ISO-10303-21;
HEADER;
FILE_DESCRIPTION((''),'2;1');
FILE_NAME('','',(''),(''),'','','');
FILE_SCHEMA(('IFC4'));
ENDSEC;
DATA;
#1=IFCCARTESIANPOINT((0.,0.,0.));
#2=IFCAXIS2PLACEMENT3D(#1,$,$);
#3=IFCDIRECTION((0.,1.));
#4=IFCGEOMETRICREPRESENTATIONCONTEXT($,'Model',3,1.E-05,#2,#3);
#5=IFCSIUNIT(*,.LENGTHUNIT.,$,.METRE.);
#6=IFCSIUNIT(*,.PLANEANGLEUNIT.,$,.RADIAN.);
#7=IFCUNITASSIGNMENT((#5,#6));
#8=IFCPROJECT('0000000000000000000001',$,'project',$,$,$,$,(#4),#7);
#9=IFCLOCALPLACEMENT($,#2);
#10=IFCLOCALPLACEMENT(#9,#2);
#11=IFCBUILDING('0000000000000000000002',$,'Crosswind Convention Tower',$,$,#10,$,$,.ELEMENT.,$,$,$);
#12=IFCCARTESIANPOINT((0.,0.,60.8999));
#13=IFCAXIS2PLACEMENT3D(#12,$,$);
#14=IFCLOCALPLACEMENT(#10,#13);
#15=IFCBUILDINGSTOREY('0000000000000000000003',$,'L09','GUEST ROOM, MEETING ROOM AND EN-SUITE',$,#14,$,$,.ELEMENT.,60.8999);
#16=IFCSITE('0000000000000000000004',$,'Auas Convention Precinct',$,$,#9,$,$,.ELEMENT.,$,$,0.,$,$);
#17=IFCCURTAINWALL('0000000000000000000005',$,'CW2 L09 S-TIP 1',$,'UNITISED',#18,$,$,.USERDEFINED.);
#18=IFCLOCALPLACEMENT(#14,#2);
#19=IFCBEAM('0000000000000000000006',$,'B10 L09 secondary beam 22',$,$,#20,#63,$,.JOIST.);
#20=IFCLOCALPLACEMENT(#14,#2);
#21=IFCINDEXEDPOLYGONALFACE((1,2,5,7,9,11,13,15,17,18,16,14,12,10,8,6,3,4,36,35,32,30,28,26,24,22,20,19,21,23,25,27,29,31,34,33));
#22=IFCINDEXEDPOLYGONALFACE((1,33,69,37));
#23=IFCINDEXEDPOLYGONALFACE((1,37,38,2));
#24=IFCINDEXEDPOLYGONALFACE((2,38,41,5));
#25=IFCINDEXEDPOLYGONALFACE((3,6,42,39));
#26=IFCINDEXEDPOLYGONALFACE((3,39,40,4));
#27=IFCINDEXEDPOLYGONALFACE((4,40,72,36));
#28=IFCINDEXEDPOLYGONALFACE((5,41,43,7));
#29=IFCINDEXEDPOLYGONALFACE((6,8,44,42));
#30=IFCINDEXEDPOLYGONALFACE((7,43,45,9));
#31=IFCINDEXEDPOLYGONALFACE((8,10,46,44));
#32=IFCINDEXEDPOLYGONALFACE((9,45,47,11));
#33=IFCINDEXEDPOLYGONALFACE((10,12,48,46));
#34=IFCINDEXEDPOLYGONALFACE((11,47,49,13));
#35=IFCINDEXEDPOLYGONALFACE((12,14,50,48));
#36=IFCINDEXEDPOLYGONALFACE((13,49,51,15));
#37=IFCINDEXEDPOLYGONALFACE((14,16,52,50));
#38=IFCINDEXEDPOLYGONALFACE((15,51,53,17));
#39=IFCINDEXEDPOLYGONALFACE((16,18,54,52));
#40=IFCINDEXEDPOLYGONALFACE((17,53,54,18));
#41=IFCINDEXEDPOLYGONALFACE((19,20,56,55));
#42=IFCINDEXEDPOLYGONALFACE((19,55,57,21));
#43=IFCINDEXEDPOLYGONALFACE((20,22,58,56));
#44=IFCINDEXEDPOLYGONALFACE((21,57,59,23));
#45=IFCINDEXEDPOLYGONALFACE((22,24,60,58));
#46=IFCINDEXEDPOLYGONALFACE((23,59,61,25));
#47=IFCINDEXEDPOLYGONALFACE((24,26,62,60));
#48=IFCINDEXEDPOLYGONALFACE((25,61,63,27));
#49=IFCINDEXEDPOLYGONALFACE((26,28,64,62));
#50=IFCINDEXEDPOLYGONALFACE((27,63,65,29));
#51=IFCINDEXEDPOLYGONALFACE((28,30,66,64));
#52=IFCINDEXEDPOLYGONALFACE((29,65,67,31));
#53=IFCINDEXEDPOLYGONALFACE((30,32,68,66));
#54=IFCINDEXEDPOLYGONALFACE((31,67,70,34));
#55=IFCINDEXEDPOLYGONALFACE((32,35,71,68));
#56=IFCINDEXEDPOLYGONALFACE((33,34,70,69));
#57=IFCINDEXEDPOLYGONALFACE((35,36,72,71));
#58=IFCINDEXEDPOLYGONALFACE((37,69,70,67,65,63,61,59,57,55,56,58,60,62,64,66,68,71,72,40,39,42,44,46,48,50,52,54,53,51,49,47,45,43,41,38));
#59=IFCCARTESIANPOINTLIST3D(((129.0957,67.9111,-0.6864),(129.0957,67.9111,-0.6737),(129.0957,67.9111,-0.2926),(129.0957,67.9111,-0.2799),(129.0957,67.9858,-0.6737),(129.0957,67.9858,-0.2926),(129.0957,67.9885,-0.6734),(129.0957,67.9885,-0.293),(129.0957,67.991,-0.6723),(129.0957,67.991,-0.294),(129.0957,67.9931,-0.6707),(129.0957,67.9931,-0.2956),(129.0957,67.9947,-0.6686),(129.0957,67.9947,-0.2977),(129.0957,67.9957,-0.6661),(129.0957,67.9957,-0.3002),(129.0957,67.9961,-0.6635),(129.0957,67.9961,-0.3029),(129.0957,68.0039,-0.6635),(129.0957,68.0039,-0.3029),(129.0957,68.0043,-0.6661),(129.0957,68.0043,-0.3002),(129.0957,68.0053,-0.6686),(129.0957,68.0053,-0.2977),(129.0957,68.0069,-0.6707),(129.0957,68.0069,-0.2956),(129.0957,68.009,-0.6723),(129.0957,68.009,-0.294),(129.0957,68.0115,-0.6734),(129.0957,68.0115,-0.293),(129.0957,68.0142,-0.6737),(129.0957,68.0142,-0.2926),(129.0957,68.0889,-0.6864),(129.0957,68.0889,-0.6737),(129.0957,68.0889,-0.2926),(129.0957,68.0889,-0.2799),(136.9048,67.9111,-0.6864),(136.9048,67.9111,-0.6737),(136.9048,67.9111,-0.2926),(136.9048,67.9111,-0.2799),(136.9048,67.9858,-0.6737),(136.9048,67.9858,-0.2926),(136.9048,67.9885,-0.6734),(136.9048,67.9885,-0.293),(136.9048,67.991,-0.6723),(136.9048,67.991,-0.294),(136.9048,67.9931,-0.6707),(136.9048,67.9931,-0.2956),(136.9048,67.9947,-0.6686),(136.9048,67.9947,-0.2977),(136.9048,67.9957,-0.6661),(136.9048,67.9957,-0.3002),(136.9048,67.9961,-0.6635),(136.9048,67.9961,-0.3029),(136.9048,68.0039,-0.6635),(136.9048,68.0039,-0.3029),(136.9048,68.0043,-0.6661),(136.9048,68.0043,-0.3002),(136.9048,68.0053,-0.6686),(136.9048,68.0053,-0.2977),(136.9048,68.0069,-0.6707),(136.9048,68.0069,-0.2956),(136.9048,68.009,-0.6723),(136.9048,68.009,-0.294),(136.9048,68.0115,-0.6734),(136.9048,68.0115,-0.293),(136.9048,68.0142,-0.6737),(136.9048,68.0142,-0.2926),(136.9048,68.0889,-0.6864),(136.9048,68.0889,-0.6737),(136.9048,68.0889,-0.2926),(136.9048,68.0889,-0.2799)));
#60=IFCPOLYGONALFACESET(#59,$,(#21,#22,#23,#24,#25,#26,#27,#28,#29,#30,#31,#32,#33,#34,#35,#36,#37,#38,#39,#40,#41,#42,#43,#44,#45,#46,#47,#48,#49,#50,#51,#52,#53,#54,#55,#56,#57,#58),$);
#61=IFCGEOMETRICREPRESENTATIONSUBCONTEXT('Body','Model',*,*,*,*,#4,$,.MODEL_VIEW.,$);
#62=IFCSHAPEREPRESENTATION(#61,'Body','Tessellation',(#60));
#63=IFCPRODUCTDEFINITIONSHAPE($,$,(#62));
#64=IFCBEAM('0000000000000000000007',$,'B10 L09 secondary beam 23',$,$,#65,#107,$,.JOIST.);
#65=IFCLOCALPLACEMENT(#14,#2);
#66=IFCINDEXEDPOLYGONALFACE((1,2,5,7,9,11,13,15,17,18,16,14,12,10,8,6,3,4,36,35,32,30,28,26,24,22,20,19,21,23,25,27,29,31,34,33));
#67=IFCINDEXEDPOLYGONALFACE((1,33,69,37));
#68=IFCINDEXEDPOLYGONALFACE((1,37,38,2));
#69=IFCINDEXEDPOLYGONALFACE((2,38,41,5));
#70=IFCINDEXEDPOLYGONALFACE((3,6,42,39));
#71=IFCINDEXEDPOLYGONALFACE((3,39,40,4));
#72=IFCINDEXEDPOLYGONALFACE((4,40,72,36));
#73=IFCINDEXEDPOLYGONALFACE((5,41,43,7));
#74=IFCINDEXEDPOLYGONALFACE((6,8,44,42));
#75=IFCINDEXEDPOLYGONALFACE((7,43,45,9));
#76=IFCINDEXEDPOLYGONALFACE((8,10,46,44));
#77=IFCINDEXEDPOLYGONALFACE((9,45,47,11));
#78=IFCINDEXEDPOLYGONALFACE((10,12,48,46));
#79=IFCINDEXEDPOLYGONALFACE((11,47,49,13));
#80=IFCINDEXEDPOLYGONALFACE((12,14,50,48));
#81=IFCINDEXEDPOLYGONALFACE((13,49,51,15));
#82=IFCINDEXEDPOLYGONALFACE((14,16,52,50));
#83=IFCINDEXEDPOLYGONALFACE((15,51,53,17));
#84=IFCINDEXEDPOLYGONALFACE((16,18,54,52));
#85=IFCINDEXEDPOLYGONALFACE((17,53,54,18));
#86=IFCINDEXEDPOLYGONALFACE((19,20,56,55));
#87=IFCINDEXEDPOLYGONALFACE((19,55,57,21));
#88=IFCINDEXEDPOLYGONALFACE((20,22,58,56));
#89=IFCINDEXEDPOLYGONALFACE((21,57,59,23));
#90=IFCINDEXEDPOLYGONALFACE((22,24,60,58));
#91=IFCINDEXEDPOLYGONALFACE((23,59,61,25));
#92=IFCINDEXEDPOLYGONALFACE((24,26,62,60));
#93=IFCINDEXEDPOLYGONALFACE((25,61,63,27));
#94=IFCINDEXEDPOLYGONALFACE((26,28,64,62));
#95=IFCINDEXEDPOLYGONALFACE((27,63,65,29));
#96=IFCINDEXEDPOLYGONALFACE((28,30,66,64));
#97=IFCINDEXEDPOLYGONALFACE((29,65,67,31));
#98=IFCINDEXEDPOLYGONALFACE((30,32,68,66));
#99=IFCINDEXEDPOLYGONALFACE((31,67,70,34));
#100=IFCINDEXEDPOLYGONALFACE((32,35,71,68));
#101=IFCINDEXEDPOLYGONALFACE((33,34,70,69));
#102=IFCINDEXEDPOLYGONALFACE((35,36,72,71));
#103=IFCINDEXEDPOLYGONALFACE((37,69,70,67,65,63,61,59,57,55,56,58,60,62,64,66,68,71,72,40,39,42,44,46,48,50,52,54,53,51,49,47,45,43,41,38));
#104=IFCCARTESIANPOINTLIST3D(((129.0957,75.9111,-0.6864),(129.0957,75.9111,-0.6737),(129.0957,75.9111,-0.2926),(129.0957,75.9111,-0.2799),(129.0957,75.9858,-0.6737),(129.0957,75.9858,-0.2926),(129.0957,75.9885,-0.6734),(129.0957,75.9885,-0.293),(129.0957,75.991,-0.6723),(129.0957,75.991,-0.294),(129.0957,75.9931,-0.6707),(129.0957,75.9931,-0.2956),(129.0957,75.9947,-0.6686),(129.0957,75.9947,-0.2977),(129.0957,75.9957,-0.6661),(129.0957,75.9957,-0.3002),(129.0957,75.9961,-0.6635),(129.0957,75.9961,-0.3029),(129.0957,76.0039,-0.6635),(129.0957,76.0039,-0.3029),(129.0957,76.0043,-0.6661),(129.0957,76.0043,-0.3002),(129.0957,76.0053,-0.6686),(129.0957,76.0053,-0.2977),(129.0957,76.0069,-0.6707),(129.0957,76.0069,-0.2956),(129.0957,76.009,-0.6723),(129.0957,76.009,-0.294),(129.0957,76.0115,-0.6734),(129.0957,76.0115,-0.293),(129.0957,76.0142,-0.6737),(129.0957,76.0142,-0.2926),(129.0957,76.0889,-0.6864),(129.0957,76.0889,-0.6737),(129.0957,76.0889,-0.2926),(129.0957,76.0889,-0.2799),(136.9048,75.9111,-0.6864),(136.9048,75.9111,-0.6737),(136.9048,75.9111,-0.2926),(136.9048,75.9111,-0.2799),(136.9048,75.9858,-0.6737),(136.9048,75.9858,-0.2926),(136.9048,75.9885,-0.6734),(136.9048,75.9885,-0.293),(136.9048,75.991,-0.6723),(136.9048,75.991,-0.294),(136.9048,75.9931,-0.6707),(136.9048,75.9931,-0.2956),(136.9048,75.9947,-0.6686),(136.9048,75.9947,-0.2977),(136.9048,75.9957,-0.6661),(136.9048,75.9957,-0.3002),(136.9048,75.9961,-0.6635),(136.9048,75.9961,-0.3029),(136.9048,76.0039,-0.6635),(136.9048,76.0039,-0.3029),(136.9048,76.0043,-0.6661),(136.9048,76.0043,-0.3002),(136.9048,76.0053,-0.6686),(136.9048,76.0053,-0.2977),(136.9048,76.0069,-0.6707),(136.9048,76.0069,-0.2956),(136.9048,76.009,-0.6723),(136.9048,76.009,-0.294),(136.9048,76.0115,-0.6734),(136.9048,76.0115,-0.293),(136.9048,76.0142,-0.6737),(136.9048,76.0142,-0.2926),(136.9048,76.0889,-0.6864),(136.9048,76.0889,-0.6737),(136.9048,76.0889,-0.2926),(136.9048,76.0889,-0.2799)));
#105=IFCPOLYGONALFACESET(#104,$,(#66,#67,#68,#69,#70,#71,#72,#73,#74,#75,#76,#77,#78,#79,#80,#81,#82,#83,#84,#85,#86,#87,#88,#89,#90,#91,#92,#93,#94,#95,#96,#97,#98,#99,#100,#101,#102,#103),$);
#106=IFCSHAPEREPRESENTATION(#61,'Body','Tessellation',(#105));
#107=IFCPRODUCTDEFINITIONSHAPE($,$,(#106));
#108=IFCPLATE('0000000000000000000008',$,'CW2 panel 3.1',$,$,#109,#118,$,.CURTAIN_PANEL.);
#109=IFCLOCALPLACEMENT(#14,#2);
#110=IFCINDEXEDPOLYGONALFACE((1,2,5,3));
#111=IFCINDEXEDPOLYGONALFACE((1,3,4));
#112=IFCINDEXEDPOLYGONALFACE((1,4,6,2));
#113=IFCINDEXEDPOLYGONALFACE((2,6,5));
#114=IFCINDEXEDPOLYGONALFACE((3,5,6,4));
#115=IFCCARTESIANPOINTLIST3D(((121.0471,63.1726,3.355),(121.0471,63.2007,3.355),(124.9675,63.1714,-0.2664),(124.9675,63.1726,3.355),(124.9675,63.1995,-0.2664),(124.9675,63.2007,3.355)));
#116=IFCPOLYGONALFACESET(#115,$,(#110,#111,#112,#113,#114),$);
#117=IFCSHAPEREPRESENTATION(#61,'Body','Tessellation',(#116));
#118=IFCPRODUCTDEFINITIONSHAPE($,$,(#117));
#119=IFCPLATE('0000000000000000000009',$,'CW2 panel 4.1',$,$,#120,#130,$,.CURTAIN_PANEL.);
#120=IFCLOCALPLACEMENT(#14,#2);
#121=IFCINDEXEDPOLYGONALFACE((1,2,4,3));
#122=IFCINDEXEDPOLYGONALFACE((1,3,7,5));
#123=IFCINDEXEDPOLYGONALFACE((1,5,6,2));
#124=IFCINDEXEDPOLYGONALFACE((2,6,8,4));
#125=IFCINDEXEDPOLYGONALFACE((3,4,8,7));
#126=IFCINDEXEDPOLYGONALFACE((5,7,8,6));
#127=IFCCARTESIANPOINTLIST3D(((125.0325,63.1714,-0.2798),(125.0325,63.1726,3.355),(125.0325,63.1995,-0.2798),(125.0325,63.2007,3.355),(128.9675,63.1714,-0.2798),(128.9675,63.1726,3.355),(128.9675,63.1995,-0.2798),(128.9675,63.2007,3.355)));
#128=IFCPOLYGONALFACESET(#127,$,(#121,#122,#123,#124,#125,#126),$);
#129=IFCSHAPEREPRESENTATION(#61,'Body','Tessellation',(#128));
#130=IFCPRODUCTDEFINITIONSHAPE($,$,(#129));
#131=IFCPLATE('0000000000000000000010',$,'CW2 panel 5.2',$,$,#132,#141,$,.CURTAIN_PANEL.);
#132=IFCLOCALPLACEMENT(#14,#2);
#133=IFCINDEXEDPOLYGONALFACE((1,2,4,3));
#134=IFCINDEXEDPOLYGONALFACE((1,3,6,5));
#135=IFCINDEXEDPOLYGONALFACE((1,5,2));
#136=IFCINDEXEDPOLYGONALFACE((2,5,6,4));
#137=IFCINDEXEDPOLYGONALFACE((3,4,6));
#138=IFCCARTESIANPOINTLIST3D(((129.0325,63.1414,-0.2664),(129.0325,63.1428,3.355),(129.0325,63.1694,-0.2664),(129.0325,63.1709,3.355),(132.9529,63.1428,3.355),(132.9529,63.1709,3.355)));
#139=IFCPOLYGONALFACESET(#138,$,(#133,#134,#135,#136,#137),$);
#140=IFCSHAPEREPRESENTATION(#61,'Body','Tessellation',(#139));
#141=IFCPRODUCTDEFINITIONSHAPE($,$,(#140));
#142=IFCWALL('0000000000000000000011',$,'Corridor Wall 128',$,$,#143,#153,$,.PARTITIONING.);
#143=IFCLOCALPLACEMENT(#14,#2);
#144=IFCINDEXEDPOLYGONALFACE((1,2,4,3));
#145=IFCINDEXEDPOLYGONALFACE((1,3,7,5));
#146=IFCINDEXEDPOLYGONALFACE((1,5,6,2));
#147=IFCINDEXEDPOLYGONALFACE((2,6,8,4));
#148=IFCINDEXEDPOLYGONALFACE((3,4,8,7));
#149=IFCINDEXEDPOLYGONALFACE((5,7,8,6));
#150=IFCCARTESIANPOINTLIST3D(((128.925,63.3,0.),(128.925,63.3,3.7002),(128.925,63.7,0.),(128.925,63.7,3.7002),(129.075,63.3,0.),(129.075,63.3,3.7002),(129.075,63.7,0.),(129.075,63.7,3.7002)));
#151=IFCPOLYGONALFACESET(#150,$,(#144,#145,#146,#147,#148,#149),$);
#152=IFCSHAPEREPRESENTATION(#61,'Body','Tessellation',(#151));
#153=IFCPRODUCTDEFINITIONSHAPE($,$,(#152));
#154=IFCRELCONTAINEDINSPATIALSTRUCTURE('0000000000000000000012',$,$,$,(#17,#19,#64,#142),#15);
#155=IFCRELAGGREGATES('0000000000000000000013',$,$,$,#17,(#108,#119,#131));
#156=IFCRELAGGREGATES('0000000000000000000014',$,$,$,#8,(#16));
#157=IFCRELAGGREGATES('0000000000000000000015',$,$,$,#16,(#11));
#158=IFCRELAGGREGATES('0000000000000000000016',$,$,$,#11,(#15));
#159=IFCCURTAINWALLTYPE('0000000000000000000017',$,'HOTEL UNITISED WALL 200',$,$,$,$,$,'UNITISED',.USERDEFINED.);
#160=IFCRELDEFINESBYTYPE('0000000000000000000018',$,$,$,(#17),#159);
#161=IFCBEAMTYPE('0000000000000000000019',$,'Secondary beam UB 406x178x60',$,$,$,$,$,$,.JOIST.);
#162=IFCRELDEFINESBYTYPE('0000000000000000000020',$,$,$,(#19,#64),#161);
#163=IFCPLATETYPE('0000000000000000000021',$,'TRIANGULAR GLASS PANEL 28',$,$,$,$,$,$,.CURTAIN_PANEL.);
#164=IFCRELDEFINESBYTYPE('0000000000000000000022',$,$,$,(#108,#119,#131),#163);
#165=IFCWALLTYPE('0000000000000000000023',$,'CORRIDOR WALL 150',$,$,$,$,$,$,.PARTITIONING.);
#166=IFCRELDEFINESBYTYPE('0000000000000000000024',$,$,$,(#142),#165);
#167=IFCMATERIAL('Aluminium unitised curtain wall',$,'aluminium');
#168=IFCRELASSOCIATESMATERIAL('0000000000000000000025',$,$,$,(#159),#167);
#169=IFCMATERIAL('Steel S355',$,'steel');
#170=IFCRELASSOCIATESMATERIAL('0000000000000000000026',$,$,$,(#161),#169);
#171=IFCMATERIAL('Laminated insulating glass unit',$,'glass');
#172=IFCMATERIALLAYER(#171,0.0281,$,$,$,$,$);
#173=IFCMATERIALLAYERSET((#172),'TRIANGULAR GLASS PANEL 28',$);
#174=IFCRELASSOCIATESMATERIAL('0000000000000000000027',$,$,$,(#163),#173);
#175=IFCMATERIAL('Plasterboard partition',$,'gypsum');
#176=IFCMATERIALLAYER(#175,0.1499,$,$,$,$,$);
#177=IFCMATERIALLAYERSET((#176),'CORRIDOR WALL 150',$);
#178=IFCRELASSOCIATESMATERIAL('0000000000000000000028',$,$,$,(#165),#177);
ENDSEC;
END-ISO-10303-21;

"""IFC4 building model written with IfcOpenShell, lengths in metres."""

from ifc_helpers import new_model, si_unit, direction, frame, frame_2d, origin, origin_2d, place, context, subcontext, project, spatial, polyline, rectangle, i_section, outline, extrude, material, layer, layer_set, material_profile, profile_set, type_object, element, aggregate, save


model = new_model("IFC4")

# Units and contexts
model_context = context("Model", 3, precision=1e-05, world=origin(), true_north=direction((0.0, 1.0)))
body_context = subcontext(model_context, "Body", "Model", "MODEL_VIEW")
ifc_project = project(units=[si_unit("LENGTHUNIT", "METRE"), si_unit("PLANEANGLEUNIT", "RADIAN")], contexts=[model_context])

# Site, building, storey
site_placement = place(None, origin())
site = spatial("IfcSite", under=ifc_project, at=site_placement, Name="Auas Convention Precinct", CompositionType="ELEMENT", RefElevation=0.0)
building_placement = place(site_placement, origin())
building = spatial("IfcBuilding", under=site, at=building_placement, Name="Crosswind Convention Tower", CompositionType="ELEMENT")
storey_placement = place(building_placement, frame((0.0, 0.0, 60.8999)))
storey = spatial("IfcBuildingStorey", under=building, at=storey_placement, Name="L09", Description="GUEST ROOM, MEETING ROOM AND EN-SUITE", CompositionType="ELEMENT", Elevation=60.8999)

# Shared definitions
ifc_material_1 = material(Name="Steel S355", Category="steel")

# Curtain wall
ifc_material_2 = material(Name="Aluminium unitised curtain wall", Category="aluminium")
curtain_wall_type = type_object("IfcCurtainWallType", Name="HOTEL UNITISED WALL 200", ElementType="UNITISED", PredefinedType="USERDEFINED", material=ifc_material_2)
curtain_wall_placement = place(storey_placement, origin())
curtain_wall = element("IfcCurtainWall", 1, at=curtain_wall_placement, inside=storey, type_object=curtain_wall_type, Name="CW2 L09 S-TIP 1", ObjectType="UNITISED", PredefinedType="USERDEFINED")

# Beams
ifc_material_profile_1 = material_profile(ifc_material_1, i_section(OverallWidth=0.1777, OverallDepth=0.4065, WebThickness=0.0078, FlangeThickness=0.0127, FilletRadius=0.0103, at=origin_2d()), Name="UB 406x178x60")
ifc_profile_set_1 = profile_set([ifc_material_profile_1], Name="Steel S355")
beam_type_1 = type_object("IfcBeamType", Name="Secondary beam UB 406x178x60", PredefinedType="JOIST", material=ifc_profile_set_1)
for number, where, z_axis, x_axis, name in (
    (2, (129.0957, 68.0, -0.4832), (1.0, 0.0, 0.0), (0.0, 1.0, 0.0), "B10 L09 secondary beam 22"),
    (3, (129.0957, 76.0, -0.4832), (1.0, 0.0, 0.0), (0.0, 1.0, 0.0), "B10 L09 secondary beam 23"),
):
    element("IfcBeam", number, at=place(storey_placement, frame(where, z_axis=z_axis, x_axis=x_axis)), inside=storey, type_object=beam_type_1, Name=name, PredefinedType="JOIST", context=body_context, shape_type="SweptSolid", body=[
        extrude(i_section(OverallWidth=0.1777, OverallDepth=0.4065, WebThickness=0.0078, FlangeThickness=0.0127, FilletRadius=0.0103, at=origin_2d()), origin(), (0.0, 0.0, 1.0), 7.8091),
    ])

# Plates
ifc_material_3 = material(Name="Laminated insulating glass unit", Category="glass")
ifc_layer_1 = layer(ifc_material_3, 0.0281)
ifc_layer_set_1 = layer_set([ifc_layer_1], Name="TRIANGULAR GLASS PANEL 28")
plate_type = type_object("IfcPlateType", Name="TRIANGULAR GLASS PANEL 28", PredefinedType="CURTAIN_PANEL", material=ifc_layer_set_1)
plate_1_placement = place(storey_placement, frame((124.9675, 63.1726, 3.355), z_axis=(0.0, -1.0, 0.000337), x_axis=(-1.0, 0.0, 0.0)))
plate_1 = element("IfcPlate", 4, at=plate_1_placement, type_object=plate_type, Name="CW2 panel 3.1", PredefinedType="CURTAIN_PANEL", context=body_context, shape_type="SweptSolid", body=[
    extrude(outline(polyline([(0.0, 0.0), (3.9204, 0.0), (0.0, 3.6213), (0.0, 0.0)])), origin(), (0.0, 0.0, -1.0), 0.0281),
])
plate_2_placement = place(storey_placement, frame((125.0325, 63.1714, -0.2798), z_axis=(0.0, -1.0, 0.000336), x_axis=(1.0, 0.0, 0.0)))
plate_2 = element("IfcPlate", 5, at=plate_2_placement, type_object=plate_type, Name="CW2 panel 4.1", PredefinedType="CURTAIN_PANEL", context=body_context, shape_type="SweptSolid", body=[
    extrude(outline(polyline([(0.0, 0.0), (3.9351, 0.0), (3.9351, 3.6348), (0.0, 3.6348), (0.0, 0.0)])), origin(), (0.0, 0.0, -1.0), 0.0281),
])
plate_3_placement = place(storey_placement, frame((129.0325, 63.1428, 3.355), z_axis=(0.0, -1.0, 0.000405), x_axis=(0.0, -0.000405, -1.0)))
plate_3 = element("IfcPlate", 6, at=plate_3_placement, type_object=plate_type, Name="CW2 panel 5.2", PredefinedType="CURTAIN_PANEL", context=body_context, shape_type="SweptSolid", body=[
    extrude(outline(polyline([(0.0, 0.0), (3.6213, 0.0), (0.0, 3.9204), (0.0, 0.0)])), origin(), (0.0, 0.0, -1.0), 0.0281),
])
aggregate(curtain_wall, [plate_1, plate_2, plate_3])

# Wall
ifc_material_4 = material(Name="Plasterboard partition", Category="gypsum")
ifc_layer_2 = layer(ifc_material_4, 0.1499)
ifc_layer_set_2 = layer_set([ifc_layer_2], Name="CORRIDOR WALL 150")
wall_type_1 = type_object("IfcWallType", Name="CORRIDOR WALL 150", PredefinedType="PARTITIONING", material=ifc_layer_set_2)
wall_1_placement = place(storey_placement, frame((129.0, 63.3, 0.0), z_axis=(0.0, 0.0, 1.0), x_axis=(0.0, 1.0, 0.0)))
element("IfcWall", 7, at=wall_1_placement, inside=storey, type_object=wall_type_1, Name="Corridor Wall 128", PredefinedType="PARTITIONING", context=body_context, shape_type="SweptSolid", body=[
    extrude(rectangle(XDim=0.3999, YDim=0.1499, at=frame_2d((0.2, 0.0))), origin(), (0.0, 0.0, 1.0), 3.7002),
])

save(model, "model.ifc")
